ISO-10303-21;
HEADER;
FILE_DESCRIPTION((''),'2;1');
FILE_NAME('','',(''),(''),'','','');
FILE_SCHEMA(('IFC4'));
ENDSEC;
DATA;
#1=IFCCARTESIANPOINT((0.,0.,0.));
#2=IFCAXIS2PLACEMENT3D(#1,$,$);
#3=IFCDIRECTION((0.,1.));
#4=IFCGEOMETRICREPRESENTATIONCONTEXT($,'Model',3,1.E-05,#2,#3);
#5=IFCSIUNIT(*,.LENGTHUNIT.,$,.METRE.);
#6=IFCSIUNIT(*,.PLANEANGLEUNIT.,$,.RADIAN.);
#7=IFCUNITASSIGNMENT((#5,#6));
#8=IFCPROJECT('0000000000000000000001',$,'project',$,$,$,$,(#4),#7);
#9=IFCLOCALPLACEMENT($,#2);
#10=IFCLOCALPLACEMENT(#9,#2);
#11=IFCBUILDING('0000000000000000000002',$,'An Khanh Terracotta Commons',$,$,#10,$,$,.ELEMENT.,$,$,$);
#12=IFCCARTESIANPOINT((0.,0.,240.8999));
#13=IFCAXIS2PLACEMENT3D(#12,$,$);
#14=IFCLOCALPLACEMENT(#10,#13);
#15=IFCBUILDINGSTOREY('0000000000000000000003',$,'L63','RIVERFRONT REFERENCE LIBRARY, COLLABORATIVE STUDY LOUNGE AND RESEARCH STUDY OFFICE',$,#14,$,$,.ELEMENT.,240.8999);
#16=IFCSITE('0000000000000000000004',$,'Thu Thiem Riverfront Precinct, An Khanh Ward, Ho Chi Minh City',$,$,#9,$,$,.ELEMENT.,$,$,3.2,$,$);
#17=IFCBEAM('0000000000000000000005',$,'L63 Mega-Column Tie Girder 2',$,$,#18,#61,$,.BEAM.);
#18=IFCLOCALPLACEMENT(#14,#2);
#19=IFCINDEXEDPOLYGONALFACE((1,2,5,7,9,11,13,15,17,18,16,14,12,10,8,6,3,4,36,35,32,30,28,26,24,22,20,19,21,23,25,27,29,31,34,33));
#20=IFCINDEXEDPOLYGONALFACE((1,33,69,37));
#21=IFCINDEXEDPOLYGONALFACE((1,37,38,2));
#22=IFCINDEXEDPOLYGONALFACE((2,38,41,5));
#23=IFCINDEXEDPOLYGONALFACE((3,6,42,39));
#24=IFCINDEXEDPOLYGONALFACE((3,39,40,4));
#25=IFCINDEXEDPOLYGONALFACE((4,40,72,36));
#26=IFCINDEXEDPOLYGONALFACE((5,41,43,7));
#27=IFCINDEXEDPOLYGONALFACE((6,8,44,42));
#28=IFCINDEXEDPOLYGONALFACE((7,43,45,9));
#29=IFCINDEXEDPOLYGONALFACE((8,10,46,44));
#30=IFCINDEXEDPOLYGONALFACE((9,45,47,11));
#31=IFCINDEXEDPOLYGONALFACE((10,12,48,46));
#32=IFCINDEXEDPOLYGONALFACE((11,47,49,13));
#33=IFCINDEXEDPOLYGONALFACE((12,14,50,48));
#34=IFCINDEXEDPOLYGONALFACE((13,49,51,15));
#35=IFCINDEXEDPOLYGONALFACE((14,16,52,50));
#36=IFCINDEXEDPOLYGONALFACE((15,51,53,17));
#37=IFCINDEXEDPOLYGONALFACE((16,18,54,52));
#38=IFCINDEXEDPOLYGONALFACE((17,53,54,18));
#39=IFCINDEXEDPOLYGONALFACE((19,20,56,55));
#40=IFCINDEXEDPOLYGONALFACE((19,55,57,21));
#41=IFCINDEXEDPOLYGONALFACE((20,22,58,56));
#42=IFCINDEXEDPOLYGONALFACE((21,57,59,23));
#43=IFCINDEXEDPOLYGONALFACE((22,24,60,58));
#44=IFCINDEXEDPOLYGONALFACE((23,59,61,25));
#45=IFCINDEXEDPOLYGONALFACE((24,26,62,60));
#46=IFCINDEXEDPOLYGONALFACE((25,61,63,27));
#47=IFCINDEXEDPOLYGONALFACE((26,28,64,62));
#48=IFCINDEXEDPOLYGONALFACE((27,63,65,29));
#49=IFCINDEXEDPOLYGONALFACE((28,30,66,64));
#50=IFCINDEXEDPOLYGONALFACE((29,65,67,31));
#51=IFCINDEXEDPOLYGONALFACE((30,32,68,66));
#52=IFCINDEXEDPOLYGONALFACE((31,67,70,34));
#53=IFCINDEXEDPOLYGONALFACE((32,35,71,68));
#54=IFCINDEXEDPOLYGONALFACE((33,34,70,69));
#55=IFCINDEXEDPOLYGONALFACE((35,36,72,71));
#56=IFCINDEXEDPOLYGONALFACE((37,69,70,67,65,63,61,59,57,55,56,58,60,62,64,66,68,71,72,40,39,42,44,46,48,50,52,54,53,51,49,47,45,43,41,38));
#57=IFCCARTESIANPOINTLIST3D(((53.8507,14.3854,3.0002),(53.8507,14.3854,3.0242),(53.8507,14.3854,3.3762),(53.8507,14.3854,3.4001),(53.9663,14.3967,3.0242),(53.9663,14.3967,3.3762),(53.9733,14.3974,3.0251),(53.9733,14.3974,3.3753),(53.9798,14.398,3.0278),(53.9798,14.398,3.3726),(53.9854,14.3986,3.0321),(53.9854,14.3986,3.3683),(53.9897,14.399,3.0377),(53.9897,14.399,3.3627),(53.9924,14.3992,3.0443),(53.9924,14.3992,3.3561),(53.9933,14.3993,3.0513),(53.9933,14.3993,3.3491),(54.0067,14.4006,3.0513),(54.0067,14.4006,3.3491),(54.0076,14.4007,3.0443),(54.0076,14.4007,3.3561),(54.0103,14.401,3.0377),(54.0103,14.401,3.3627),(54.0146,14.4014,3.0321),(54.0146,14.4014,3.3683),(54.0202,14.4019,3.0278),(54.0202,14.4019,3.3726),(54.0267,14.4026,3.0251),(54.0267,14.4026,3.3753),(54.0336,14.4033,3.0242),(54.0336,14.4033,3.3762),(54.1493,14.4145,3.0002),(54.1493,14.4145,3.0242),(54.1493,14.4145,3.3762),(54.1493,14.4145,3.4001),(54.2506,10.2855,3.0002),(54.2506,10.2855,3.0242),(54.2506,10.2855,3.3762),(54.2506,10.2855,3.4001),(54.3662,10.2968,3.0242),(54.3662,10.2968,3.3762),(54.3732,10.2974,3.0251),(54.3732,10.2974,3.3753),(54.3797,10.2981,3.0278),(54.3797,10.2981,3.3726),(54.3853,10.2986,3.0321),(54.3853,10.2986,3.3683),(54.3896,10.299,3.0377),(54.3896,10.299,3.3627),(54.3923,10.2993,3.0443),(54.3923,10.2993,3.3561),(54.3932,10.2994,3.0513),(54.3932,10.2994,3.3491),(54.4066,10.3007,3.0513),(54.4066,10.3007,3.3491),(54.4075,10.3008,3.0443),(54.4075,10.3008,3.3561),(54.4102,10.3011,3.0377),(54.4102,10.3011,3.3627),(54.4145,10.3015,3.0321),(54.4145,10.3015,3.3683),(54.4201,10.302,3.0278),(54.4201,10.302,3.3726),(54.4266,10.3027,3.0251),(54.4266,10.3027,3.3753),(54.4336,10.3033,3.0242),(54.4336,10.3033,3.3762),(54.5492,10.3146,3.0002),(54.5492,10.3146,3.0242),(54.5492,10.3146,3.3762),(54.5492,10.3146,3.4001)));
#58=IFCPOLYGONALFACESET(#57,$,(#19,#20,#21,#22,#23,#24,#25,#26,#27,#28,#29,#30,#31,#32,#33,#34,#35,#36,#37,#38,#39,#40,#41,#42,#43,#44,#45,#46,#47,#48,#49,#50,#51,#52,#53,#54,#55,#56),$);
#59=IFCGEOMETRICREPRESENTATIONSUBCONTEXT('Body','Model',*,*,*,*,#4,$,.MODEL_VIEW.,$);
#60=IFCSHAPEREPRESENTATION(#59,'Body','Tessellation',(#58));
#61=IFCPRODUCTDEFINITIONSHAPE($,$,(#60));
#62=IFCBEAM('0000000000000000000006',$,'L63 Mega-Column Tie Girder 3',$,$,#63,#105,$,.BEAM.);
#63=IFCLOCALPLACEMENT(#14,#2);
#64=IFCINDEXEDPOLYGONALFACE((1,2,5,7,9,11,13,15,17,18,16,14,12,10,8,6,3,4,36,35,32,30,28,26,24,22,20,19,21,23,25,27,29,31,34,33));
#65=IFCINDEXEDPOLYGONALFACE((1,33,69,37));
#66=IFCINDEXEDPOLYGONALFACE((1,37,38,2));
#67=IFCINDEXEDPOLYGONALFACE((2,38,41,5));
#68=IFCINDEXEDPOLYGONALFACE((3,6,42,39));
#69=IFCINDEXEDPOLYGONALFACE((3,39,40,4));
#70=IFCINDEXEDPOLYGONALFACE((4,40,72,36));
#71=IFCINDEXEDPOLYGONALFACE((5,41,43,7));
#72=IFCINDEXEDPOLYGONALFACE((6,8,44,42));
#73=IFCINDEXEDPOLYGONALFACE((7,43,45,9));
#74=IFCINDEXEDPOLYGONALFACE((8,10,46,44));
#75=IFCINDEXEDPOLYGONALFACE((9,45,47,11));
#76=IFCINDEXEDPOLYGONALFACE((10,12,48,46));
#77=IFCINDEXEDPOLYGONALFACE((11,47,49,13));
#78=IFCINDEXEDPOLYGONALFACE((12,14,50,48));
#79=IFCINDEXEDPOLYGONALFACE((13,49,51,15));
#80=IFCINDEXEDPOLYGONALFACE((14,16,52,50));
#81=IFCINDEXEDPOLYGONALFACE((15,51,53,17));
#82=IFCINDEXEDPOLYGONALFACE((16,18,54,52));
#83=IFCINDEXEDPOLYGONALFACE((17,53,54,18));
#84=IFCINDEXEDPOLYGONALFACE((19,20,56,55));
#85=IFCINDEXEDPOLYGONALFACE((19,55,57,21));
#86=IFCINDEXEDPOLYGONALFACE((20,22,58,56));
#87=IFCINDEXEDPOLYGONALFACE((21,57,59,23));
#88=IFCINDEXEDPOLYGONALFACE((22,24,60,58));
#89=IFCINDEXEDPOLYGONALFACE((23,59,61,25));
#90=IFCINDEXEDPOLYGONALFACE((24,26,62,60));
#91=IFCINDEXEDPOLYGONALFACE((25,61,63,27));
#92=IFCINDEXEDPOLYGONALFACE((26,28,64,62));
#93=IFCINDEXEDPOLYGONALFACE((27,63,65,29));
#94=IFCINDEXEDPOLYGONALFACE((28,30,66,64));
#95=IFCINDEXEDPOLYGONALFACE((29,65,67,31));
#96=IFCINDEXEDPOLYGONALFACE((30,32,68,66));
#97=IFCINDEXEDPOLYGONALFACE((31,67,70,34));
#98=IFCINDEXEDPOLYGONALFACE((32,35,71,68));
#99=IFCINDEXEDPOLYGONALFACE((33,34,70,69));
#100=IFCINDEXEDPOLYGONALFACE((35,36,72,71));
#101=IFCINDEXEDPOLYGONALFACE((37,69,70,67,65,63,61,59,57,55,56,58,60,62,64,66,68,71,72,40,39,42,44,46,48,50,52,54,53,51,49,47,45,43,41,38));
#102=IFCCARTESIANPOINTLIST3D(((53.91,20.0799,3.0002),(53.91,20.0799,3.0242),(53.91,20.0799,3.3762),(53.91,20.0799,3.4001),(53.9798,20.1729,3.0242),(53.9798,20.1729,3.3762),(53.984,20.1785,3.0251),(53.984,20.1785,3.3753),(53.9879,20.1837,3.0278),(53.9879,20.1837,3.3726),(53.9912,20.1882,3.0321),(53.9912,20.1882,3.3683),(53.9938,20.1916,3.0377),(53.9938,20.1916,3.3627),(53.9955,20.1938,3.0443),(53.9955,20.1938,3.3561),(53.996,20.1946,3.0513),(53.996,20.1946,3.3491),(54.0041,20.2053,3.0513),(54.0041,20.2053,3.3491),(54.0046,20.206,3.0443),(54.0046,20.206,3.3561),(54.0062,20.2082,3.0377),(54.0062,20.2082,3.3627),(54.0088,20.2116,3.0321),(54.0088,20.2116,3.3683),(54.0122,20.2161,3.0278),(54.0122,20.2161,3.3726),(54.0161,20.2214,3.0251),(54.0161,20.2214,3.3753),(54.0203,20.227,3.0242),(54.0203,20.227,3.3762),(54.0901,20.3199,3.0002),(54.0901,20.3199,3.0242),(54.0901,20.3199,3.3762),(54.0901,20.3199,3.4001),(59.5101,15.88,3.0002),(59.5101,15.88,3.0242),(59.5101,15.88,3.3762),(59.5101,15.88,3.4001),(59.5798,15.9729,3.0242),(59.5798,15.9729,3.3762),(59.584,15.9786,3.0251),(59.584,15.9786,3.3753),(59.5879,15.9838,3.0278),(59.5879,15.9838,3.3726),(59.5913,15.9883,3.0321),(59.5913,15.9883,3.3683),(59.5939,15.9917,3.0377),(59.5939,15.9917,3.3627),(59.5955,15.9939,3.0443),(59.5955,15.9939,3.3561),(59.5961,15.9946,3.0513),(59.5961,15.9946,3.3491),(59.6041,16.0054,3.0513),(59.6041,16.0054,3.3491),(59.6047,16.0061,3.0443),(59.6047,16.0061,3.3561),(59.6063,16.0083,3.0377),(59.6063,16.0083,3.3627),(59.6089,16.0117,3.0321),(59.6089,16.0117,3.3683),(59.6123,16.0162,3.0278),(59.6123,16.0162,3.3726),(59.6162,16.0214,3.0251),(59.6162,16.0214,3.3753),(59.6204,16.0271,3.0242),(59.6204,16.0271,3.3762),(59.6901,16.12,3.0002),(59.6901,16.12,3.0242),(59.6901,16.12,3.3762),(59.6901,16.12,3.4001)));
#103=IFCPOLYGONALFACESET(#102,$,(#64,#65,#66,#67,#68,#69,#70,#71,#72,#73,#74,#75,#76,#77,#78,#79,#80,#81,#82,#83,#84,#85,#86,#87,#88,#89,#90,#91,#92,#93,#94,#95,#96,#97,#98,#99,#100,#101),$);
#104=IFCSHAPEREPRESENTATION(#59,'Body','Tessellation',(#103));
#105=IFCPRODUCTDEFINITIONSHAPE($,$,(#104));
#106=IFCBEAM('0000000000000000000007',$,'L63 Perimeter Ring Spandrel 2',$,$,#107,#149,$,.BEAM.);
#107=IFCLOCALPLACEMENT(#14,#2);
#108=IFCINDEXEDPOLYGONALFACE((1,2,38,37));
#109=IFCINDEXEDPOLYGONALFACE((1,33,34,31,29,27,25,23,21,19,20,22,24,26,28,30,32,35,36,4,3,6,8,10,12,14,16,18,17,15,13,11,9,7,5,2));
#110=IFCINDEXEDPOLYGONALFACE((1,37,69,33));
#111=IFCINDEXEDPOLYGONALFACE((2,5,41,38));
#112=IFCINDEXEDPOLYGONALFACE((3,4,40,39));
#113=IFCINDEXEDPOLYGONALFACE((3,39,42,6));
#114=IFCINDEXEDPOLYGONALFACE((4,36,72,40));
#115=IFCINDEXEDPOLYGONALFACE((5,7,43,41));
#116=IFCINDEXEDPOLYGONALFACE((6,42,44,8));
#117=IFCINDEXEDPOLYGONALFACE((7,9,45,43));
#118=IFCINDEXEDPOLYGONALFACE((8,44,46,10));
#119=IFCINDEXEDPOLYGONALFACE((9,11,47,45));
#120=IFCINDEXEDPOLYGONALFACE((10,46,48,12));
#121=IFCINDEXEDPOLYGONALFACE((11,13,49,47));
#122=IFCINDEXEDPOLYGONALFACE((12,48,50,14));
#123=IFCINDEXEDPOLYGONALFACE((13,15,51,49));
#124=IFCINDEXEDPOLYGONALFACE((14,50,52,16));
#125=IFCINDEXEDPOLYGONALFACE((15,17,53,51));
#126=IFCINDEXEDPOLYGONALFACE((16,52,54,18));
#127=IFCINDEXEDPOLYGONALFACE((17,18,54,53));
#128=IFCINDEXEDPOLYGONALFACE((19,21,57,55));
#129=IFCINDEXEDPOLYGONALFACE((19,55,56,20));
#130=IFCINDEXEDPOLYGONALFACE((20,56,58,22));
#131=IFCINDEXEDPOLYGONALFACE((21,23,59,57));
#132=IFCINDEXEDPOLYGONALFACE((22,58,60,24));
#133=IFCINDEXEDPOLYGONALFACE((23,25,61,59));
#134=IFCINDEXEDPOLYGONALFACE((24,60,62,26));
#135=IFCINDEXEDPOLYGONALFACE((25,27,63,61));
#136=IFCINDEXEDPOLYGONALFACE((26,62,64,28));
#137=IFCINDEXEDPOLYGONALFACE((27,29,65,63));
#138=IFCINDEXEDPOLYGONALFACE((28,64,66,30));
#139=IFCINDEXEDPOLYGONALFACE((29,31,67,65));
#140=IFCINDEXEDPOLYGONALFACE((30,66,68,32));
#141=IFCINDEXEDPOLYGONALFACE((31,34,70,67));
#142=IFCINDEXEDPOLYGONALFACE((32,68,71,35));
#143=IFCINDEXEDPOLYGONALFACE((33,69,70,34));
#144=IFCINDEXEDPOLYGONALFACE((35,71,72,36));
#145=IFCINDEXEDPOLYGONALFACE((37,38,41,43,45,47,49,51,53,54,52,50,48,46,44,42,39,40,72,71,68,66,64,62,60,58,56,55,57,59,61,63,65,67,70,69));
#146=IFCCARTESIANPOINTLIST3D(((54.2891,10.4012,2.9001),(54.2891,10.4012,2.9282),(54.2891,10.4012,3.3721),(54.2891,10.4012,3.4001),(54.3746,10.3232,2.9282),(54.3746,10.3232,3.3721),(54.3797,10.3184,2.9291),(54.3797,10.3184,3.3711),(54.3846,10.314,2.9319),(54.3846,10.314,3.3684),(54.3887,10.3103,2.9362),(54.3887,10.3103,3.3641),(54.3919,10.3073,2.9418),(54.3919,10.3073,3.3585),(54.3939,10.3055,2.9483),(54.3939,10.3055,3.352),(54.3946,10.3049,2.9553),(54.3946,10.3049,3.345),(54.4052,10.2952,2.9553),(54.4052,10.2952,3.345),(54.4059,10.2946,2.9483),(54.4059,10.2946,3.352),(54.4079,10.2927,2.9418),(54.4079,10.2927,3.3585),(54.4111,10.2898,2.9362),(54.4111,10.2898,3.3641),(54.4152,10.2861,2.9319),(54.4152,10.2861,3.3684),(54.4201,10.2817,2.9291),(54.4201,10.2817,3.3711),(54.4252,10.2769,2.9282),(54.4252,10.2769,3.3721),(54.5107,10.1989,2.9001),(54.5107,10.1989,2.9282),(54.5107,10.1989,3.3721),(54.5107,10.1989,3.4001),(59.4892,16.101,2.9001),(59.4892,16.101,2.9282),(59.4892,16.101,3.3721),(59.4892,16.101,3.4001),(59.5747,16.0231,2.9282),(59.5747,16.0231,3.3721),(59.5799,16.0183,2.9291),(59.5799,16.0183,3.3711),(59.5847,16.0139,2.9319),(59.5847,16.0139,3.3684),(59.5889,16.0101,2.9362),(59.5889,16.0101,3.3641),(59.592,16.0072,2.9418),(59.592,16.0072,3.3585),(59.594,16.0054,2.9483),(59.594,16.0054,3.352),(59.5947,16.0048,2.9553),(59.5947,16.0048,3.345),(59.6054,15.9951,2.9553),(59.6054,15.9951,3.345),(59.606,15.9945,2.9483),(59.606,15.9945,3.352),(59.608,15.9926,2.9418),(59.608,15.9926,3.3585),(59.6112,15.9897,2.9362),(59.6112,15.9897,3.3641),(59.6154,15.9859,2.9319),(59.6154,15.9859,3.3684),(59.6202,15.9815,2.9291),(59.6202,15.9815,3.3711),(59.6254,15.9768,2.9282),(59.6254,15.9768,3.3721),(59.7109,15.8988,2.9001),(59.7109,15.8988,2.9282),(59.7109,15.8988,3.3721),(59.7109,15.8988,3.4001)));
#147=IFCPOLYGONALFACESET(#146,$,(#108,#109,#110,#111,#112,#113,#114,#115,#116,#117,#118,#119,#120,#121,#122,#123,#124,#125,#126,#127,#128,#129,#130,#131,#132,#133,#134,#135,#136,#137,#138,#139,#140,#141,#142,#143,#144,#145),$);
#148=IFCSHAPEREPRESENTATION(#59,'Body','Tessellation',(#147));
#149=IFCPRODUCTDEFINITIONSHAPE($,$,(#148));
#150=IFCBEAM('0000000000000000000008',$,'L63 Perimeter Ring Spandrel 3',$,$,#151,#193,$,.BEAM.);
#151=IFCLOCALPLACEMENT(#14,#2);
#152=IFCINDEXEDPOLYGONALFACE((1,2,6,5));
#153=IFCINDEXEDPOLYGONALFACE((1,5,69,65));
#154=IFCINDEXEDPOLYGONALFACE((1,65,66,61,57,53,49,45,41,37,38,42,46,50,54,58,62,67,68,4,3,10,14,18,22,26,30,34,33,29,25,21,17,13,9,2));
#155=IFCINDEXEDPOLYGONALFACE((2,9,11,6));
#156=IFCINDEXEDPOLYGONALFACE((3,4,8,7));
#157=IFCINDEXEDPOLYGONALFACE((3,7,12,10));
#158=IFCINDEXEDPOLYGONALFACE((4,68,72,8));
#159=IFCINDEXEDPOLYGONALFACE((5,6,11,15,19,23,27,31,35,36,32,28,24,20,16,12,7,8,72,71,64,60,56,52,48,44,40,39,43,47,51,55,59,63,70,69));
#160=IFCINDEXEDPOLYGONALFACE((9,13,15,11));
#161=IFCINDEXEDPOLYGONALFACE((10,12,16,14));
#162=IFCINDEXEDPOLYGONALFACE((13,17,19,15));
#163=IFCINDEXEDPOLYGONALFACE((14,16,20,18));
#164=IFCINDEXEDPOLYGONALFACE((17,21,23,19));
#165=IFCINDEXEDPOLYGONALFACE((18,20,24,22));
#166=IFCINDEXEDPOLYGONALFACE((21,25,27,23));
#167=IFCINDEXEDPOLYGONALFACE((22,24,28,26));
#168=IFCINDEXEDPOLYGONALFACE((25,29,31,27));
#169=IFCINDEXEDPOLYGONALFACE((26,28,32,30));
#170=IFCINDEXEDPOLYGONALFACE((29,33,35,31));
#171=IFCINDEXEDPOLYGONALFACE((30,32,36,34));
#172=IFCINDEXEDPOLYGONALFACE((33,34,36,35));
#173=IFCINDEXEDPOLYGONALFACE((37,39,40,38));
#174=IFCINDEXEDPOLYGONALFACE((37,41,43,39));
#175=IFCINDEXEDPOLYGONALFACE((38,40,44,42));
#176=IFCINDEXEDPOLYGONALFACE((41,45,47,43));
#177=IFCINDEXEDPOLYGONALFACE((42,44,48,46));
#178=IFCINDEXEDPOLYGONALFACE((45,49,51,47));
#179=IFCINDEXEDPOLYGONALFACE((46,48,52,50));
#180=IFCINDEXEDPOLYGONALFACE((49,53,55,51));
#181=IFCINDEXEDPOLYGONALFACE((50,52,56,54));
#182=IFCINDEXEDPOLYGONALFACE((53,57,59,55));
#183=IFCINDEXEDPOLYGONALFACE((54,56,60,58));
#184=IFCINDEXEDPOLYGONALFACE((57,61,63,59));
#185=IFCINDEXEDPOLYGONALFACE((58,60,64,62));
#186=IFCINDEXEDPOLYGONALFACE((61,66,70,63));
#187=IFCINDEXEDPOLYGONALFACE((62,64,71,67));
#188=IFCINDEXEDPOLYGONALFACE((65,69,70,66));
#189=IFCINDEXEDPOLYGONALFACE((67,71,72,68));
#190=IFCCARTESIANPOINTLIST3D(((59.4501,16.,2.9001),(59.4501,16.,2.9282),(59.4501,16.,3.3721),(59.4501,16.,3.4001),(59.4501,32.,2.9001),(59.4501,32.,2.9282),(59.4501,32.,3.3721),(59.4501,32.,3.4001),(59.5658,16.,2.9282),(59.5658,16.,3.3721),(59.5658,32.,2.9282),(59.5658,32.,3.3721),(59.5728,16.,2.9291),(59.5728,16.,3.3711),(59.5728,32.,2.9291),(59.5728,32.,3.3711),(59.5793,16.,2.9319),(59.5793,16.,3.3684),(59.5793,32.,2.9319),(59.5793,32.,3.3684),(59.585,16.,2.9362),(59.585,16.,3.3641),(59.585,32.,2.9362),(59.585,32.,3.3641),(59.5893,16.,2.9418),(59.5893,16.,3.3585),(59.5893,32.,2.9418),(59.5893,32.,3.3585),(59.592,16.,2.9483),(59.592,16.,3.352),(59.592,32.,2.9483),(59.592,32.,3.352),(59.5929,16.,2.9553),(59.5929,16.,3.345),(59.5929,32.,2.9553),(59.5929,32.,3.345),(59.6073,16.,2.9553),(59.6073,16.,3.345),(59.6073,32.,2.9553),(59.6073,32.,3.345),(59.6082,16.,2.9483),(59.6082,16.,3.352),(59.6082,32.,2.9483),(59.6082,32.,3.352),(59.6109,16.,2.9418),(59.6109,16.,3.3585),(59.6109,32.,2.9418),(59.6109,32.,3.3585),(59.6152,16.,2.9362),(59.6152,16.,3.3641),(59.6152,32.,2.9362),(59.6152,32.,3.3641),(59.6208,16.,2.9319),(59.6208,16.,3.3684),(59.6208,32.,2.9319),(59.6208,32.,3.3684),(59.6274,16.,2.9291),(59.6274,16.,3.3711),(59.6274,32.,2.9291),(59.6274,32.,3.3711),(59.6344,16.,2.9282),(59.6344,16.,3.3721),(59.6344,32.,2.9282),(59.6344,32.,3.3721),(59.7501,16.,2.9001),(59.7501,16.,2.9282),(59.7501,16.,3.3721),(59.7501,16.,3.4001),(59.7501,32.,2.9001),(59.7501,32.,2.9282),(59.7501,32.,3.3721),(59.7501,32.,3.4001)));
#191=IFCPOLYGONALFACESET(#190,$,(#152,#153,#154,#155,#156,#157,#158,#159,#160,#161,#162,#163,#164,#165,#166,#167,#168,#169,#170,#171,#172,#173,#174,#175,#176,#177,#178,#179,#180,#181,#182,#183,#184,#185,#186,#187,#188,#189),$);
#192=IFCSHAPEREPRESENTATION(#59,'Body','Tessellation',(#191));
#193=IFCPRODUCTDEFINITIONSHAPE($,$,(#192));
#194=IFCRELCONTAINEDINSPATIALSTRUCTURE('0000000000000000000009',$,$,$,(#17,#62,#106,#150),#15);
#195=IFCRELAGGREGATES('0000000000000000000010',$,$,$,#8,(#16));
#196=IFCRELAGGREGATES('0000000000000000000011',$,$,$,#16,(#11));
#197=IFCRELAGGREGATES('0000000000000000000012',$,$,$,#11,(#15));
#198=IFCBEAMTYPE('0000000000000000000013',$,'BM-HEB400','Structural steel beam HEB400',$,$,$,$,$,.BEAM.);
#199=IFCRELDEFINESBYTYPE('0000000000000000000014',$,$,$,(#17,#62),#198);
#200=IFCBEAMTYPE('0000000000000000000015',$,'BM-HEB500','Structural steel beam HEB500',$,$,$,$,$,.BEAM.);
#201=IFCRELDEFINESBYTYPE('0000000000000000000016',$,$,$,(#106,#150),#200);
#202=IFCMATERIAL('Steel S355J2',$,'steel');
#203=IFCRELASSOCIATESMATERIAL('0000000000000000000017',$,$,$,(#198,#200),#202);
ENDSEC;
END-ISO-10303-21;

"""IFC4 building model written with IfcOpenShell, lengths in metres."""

from ifc_helpers import new_model, si_unit, direction, frame, origin, origin_2d, place, context, subcontext, project, spatial, i_section, extrude, material, material_profile, profile_set, type_object, element, save


model = new_model("IFC4")

# Units and contexts
model_context = context("Model", 3, precision=1e-05, world=origin(), true_north=direction((0.0, 1.0)))
body_context = subcontext(model_context, "Body", "Model", "MODEL_VIEW")
ifc_project = project(units=[si_unit("LENGTHUNIT", "METRE"), si_unit("PLANEANGLEUNIT", "RADIAN")], contexts=[model_context])

# Site, building, storey
site_placement = place(None, origin())
site = spatial("IfcSite", under=ifc_project, at=site_placement, Name="Thu Thiem Riverfront Precinct, An Khanh Ward, Ho Chi Minh City", CompositionType="ELEMENT", RefElevation=3.2)
building_placement = place(site_placement, origin())
building = spatial("IfcBuilding", under=site, at=building_placement, Name="An Khanh Terracotta Commons", CompositionType="ELEMENT")
storey_placement = place(building_placement, frame((0.0, 0.0, 240.8999)))
storey = spatial("IfcBuildingStorey", under=building, at=storey_placement, Name="L63", Description="RIVERFRONT REFERENCE LIBRARY, COLLABORATIVE STUDY LOUNGE AND RESEARCH STUDY OFFICE", CompositionType="ELEMENT", Elevation=240.8999)

# Beams
ifc_material_1 = material(Name="Steel S355J2", Category="steel")
ifc_material_profile_1 = material_profile(ifc_material_1, i_section(OverallWidth=0.3, OverallDepth=0.3999, WebThickness=0.0134, FlangeThickness=0.0239, FilletRadius=0.0271, at=origin_2d()), Name="HEB400")
ifc_profile_set_1 = profile_set([ifc_material_profile_1], Name="Steel S355J2")
beam_type_1 = type_object("IfcBeamType", Name="BM-HEB400", Description="Structural steel beam HEB400", PredefinedType="BEAM", material=ifc_profile_set_1)
beam_1_placement = place(storey_placement, frame((54.3999, 10.3, 3.2002), z_axis=(-0.09708, 0.995277, 0.0), x_axis=(-0.995277, -0.09708, 0.0)))
element("IfcBeam", 1, at=beam_1_placement, inside=storey, type_object=beam_type_1, Name="L63 Mega-Column Tie Girder 2", PredefinedType="BEAM", context=body_context, shape_type="SweptSolid", body=[
    extrude(i_section(OverallWidth=0.3, OverallDepth=0.3999, WebThickness=0.0134, FlangeThickness=0.0239, FilletRadius=0.0271, at=origin_2d()), origin(), (0.0, 0.0, 1.0), 4.1194),
])
beam_2_placement = place(storey_placement, frame((59.6001, 16.0, 3.2002), z_axis=(-0.800008, 0.599989, 0.0), x_axis=(-0.599989, -0.800008, 0.0)))
element("IfcBeam", 2, at=beam_2_placement, inside=storey, type_object=beam_type_1, Name="L63 Mega-Column Tie Girder 3", PredefinedType="BEAM", context=body_context, shape_type="SweptSolid", body=[
    extrude(i_section(OverallWidth=0.3, OverallDepth=0.3999, WebThickness=0.0134, FlangeThickness=0.0239, FilletRadius=0.0271, at=origin_2d()), origin(), (0.0, 0.0, 1.0), 7.0),
])
ifc_material_profile_2 = material_profile(ifc_material_1, i_section(OverallWidth=0.3, OverallDepth=0.5, WebThickness=0.0144, FlangeThickness=0.0281, FilletRadius=0.0271, at=origin_2d()), Name="HEB500")
ifc_profile_set_2 = profile_set([ifc_material_profile_2], Name="Steel S355J2")
beam_type_2 = type_object("IfcBeamType", Name="BM-HEB500", Description="Structural steel beam HEB500", PredefinedType="BEAM", material=ifc_profile_set_2)
beam_3_placement = place(storey_placement, frame((54.3999, 10.3, 3.1501), z_axis=(0.673979, 0.738751, 0.0), x_axis=(-0.738751, 0.673979, 0.0)))
element("IfcBeam", 3, at=beam_3_placement, inside=storey, type_object=beam_type_2, Name="L63 Perimeter Ring Spandrel 2", PredefinedType="BEAM", context=body_context, shape_type="SweptSolid", body=[
    extrude(i_section(OverallWidth=0.3, OverallDepth=0.5, WebThickness=0.0144, FlangeThickness=0.0281, FilletRadius=0.0271, at=origin_2d()), origin(), (0.0, 0.0, 1.0), 7.7156),
])
beam_4_placement = place(storey_placement, frame((59.6001, 16.0, 3.1501), z_axis=(0.0, 1.0, 0.0), x_axis=(-1.0, 0.0, 0.0)))
element("IfcBeam", 4, at=beam_4_placement, inside=storey, type_object=beam_type_2, Name="L63 Perimeter Ring Spandrel 3", PredefinedType="BEAM", context=body_context, shape_type="SweptSolid", body=[
    extrude(i_section(OverallWidth=0.3, OverallDepth=0.5, WebThickness=0.0144, FlangeThickness=0.0281, FilletRadius=0.0271, at=origin_2d()), origin(), (0.0, 0.0, 1.0), 16.0),
])

save(model, "model.ifc")
